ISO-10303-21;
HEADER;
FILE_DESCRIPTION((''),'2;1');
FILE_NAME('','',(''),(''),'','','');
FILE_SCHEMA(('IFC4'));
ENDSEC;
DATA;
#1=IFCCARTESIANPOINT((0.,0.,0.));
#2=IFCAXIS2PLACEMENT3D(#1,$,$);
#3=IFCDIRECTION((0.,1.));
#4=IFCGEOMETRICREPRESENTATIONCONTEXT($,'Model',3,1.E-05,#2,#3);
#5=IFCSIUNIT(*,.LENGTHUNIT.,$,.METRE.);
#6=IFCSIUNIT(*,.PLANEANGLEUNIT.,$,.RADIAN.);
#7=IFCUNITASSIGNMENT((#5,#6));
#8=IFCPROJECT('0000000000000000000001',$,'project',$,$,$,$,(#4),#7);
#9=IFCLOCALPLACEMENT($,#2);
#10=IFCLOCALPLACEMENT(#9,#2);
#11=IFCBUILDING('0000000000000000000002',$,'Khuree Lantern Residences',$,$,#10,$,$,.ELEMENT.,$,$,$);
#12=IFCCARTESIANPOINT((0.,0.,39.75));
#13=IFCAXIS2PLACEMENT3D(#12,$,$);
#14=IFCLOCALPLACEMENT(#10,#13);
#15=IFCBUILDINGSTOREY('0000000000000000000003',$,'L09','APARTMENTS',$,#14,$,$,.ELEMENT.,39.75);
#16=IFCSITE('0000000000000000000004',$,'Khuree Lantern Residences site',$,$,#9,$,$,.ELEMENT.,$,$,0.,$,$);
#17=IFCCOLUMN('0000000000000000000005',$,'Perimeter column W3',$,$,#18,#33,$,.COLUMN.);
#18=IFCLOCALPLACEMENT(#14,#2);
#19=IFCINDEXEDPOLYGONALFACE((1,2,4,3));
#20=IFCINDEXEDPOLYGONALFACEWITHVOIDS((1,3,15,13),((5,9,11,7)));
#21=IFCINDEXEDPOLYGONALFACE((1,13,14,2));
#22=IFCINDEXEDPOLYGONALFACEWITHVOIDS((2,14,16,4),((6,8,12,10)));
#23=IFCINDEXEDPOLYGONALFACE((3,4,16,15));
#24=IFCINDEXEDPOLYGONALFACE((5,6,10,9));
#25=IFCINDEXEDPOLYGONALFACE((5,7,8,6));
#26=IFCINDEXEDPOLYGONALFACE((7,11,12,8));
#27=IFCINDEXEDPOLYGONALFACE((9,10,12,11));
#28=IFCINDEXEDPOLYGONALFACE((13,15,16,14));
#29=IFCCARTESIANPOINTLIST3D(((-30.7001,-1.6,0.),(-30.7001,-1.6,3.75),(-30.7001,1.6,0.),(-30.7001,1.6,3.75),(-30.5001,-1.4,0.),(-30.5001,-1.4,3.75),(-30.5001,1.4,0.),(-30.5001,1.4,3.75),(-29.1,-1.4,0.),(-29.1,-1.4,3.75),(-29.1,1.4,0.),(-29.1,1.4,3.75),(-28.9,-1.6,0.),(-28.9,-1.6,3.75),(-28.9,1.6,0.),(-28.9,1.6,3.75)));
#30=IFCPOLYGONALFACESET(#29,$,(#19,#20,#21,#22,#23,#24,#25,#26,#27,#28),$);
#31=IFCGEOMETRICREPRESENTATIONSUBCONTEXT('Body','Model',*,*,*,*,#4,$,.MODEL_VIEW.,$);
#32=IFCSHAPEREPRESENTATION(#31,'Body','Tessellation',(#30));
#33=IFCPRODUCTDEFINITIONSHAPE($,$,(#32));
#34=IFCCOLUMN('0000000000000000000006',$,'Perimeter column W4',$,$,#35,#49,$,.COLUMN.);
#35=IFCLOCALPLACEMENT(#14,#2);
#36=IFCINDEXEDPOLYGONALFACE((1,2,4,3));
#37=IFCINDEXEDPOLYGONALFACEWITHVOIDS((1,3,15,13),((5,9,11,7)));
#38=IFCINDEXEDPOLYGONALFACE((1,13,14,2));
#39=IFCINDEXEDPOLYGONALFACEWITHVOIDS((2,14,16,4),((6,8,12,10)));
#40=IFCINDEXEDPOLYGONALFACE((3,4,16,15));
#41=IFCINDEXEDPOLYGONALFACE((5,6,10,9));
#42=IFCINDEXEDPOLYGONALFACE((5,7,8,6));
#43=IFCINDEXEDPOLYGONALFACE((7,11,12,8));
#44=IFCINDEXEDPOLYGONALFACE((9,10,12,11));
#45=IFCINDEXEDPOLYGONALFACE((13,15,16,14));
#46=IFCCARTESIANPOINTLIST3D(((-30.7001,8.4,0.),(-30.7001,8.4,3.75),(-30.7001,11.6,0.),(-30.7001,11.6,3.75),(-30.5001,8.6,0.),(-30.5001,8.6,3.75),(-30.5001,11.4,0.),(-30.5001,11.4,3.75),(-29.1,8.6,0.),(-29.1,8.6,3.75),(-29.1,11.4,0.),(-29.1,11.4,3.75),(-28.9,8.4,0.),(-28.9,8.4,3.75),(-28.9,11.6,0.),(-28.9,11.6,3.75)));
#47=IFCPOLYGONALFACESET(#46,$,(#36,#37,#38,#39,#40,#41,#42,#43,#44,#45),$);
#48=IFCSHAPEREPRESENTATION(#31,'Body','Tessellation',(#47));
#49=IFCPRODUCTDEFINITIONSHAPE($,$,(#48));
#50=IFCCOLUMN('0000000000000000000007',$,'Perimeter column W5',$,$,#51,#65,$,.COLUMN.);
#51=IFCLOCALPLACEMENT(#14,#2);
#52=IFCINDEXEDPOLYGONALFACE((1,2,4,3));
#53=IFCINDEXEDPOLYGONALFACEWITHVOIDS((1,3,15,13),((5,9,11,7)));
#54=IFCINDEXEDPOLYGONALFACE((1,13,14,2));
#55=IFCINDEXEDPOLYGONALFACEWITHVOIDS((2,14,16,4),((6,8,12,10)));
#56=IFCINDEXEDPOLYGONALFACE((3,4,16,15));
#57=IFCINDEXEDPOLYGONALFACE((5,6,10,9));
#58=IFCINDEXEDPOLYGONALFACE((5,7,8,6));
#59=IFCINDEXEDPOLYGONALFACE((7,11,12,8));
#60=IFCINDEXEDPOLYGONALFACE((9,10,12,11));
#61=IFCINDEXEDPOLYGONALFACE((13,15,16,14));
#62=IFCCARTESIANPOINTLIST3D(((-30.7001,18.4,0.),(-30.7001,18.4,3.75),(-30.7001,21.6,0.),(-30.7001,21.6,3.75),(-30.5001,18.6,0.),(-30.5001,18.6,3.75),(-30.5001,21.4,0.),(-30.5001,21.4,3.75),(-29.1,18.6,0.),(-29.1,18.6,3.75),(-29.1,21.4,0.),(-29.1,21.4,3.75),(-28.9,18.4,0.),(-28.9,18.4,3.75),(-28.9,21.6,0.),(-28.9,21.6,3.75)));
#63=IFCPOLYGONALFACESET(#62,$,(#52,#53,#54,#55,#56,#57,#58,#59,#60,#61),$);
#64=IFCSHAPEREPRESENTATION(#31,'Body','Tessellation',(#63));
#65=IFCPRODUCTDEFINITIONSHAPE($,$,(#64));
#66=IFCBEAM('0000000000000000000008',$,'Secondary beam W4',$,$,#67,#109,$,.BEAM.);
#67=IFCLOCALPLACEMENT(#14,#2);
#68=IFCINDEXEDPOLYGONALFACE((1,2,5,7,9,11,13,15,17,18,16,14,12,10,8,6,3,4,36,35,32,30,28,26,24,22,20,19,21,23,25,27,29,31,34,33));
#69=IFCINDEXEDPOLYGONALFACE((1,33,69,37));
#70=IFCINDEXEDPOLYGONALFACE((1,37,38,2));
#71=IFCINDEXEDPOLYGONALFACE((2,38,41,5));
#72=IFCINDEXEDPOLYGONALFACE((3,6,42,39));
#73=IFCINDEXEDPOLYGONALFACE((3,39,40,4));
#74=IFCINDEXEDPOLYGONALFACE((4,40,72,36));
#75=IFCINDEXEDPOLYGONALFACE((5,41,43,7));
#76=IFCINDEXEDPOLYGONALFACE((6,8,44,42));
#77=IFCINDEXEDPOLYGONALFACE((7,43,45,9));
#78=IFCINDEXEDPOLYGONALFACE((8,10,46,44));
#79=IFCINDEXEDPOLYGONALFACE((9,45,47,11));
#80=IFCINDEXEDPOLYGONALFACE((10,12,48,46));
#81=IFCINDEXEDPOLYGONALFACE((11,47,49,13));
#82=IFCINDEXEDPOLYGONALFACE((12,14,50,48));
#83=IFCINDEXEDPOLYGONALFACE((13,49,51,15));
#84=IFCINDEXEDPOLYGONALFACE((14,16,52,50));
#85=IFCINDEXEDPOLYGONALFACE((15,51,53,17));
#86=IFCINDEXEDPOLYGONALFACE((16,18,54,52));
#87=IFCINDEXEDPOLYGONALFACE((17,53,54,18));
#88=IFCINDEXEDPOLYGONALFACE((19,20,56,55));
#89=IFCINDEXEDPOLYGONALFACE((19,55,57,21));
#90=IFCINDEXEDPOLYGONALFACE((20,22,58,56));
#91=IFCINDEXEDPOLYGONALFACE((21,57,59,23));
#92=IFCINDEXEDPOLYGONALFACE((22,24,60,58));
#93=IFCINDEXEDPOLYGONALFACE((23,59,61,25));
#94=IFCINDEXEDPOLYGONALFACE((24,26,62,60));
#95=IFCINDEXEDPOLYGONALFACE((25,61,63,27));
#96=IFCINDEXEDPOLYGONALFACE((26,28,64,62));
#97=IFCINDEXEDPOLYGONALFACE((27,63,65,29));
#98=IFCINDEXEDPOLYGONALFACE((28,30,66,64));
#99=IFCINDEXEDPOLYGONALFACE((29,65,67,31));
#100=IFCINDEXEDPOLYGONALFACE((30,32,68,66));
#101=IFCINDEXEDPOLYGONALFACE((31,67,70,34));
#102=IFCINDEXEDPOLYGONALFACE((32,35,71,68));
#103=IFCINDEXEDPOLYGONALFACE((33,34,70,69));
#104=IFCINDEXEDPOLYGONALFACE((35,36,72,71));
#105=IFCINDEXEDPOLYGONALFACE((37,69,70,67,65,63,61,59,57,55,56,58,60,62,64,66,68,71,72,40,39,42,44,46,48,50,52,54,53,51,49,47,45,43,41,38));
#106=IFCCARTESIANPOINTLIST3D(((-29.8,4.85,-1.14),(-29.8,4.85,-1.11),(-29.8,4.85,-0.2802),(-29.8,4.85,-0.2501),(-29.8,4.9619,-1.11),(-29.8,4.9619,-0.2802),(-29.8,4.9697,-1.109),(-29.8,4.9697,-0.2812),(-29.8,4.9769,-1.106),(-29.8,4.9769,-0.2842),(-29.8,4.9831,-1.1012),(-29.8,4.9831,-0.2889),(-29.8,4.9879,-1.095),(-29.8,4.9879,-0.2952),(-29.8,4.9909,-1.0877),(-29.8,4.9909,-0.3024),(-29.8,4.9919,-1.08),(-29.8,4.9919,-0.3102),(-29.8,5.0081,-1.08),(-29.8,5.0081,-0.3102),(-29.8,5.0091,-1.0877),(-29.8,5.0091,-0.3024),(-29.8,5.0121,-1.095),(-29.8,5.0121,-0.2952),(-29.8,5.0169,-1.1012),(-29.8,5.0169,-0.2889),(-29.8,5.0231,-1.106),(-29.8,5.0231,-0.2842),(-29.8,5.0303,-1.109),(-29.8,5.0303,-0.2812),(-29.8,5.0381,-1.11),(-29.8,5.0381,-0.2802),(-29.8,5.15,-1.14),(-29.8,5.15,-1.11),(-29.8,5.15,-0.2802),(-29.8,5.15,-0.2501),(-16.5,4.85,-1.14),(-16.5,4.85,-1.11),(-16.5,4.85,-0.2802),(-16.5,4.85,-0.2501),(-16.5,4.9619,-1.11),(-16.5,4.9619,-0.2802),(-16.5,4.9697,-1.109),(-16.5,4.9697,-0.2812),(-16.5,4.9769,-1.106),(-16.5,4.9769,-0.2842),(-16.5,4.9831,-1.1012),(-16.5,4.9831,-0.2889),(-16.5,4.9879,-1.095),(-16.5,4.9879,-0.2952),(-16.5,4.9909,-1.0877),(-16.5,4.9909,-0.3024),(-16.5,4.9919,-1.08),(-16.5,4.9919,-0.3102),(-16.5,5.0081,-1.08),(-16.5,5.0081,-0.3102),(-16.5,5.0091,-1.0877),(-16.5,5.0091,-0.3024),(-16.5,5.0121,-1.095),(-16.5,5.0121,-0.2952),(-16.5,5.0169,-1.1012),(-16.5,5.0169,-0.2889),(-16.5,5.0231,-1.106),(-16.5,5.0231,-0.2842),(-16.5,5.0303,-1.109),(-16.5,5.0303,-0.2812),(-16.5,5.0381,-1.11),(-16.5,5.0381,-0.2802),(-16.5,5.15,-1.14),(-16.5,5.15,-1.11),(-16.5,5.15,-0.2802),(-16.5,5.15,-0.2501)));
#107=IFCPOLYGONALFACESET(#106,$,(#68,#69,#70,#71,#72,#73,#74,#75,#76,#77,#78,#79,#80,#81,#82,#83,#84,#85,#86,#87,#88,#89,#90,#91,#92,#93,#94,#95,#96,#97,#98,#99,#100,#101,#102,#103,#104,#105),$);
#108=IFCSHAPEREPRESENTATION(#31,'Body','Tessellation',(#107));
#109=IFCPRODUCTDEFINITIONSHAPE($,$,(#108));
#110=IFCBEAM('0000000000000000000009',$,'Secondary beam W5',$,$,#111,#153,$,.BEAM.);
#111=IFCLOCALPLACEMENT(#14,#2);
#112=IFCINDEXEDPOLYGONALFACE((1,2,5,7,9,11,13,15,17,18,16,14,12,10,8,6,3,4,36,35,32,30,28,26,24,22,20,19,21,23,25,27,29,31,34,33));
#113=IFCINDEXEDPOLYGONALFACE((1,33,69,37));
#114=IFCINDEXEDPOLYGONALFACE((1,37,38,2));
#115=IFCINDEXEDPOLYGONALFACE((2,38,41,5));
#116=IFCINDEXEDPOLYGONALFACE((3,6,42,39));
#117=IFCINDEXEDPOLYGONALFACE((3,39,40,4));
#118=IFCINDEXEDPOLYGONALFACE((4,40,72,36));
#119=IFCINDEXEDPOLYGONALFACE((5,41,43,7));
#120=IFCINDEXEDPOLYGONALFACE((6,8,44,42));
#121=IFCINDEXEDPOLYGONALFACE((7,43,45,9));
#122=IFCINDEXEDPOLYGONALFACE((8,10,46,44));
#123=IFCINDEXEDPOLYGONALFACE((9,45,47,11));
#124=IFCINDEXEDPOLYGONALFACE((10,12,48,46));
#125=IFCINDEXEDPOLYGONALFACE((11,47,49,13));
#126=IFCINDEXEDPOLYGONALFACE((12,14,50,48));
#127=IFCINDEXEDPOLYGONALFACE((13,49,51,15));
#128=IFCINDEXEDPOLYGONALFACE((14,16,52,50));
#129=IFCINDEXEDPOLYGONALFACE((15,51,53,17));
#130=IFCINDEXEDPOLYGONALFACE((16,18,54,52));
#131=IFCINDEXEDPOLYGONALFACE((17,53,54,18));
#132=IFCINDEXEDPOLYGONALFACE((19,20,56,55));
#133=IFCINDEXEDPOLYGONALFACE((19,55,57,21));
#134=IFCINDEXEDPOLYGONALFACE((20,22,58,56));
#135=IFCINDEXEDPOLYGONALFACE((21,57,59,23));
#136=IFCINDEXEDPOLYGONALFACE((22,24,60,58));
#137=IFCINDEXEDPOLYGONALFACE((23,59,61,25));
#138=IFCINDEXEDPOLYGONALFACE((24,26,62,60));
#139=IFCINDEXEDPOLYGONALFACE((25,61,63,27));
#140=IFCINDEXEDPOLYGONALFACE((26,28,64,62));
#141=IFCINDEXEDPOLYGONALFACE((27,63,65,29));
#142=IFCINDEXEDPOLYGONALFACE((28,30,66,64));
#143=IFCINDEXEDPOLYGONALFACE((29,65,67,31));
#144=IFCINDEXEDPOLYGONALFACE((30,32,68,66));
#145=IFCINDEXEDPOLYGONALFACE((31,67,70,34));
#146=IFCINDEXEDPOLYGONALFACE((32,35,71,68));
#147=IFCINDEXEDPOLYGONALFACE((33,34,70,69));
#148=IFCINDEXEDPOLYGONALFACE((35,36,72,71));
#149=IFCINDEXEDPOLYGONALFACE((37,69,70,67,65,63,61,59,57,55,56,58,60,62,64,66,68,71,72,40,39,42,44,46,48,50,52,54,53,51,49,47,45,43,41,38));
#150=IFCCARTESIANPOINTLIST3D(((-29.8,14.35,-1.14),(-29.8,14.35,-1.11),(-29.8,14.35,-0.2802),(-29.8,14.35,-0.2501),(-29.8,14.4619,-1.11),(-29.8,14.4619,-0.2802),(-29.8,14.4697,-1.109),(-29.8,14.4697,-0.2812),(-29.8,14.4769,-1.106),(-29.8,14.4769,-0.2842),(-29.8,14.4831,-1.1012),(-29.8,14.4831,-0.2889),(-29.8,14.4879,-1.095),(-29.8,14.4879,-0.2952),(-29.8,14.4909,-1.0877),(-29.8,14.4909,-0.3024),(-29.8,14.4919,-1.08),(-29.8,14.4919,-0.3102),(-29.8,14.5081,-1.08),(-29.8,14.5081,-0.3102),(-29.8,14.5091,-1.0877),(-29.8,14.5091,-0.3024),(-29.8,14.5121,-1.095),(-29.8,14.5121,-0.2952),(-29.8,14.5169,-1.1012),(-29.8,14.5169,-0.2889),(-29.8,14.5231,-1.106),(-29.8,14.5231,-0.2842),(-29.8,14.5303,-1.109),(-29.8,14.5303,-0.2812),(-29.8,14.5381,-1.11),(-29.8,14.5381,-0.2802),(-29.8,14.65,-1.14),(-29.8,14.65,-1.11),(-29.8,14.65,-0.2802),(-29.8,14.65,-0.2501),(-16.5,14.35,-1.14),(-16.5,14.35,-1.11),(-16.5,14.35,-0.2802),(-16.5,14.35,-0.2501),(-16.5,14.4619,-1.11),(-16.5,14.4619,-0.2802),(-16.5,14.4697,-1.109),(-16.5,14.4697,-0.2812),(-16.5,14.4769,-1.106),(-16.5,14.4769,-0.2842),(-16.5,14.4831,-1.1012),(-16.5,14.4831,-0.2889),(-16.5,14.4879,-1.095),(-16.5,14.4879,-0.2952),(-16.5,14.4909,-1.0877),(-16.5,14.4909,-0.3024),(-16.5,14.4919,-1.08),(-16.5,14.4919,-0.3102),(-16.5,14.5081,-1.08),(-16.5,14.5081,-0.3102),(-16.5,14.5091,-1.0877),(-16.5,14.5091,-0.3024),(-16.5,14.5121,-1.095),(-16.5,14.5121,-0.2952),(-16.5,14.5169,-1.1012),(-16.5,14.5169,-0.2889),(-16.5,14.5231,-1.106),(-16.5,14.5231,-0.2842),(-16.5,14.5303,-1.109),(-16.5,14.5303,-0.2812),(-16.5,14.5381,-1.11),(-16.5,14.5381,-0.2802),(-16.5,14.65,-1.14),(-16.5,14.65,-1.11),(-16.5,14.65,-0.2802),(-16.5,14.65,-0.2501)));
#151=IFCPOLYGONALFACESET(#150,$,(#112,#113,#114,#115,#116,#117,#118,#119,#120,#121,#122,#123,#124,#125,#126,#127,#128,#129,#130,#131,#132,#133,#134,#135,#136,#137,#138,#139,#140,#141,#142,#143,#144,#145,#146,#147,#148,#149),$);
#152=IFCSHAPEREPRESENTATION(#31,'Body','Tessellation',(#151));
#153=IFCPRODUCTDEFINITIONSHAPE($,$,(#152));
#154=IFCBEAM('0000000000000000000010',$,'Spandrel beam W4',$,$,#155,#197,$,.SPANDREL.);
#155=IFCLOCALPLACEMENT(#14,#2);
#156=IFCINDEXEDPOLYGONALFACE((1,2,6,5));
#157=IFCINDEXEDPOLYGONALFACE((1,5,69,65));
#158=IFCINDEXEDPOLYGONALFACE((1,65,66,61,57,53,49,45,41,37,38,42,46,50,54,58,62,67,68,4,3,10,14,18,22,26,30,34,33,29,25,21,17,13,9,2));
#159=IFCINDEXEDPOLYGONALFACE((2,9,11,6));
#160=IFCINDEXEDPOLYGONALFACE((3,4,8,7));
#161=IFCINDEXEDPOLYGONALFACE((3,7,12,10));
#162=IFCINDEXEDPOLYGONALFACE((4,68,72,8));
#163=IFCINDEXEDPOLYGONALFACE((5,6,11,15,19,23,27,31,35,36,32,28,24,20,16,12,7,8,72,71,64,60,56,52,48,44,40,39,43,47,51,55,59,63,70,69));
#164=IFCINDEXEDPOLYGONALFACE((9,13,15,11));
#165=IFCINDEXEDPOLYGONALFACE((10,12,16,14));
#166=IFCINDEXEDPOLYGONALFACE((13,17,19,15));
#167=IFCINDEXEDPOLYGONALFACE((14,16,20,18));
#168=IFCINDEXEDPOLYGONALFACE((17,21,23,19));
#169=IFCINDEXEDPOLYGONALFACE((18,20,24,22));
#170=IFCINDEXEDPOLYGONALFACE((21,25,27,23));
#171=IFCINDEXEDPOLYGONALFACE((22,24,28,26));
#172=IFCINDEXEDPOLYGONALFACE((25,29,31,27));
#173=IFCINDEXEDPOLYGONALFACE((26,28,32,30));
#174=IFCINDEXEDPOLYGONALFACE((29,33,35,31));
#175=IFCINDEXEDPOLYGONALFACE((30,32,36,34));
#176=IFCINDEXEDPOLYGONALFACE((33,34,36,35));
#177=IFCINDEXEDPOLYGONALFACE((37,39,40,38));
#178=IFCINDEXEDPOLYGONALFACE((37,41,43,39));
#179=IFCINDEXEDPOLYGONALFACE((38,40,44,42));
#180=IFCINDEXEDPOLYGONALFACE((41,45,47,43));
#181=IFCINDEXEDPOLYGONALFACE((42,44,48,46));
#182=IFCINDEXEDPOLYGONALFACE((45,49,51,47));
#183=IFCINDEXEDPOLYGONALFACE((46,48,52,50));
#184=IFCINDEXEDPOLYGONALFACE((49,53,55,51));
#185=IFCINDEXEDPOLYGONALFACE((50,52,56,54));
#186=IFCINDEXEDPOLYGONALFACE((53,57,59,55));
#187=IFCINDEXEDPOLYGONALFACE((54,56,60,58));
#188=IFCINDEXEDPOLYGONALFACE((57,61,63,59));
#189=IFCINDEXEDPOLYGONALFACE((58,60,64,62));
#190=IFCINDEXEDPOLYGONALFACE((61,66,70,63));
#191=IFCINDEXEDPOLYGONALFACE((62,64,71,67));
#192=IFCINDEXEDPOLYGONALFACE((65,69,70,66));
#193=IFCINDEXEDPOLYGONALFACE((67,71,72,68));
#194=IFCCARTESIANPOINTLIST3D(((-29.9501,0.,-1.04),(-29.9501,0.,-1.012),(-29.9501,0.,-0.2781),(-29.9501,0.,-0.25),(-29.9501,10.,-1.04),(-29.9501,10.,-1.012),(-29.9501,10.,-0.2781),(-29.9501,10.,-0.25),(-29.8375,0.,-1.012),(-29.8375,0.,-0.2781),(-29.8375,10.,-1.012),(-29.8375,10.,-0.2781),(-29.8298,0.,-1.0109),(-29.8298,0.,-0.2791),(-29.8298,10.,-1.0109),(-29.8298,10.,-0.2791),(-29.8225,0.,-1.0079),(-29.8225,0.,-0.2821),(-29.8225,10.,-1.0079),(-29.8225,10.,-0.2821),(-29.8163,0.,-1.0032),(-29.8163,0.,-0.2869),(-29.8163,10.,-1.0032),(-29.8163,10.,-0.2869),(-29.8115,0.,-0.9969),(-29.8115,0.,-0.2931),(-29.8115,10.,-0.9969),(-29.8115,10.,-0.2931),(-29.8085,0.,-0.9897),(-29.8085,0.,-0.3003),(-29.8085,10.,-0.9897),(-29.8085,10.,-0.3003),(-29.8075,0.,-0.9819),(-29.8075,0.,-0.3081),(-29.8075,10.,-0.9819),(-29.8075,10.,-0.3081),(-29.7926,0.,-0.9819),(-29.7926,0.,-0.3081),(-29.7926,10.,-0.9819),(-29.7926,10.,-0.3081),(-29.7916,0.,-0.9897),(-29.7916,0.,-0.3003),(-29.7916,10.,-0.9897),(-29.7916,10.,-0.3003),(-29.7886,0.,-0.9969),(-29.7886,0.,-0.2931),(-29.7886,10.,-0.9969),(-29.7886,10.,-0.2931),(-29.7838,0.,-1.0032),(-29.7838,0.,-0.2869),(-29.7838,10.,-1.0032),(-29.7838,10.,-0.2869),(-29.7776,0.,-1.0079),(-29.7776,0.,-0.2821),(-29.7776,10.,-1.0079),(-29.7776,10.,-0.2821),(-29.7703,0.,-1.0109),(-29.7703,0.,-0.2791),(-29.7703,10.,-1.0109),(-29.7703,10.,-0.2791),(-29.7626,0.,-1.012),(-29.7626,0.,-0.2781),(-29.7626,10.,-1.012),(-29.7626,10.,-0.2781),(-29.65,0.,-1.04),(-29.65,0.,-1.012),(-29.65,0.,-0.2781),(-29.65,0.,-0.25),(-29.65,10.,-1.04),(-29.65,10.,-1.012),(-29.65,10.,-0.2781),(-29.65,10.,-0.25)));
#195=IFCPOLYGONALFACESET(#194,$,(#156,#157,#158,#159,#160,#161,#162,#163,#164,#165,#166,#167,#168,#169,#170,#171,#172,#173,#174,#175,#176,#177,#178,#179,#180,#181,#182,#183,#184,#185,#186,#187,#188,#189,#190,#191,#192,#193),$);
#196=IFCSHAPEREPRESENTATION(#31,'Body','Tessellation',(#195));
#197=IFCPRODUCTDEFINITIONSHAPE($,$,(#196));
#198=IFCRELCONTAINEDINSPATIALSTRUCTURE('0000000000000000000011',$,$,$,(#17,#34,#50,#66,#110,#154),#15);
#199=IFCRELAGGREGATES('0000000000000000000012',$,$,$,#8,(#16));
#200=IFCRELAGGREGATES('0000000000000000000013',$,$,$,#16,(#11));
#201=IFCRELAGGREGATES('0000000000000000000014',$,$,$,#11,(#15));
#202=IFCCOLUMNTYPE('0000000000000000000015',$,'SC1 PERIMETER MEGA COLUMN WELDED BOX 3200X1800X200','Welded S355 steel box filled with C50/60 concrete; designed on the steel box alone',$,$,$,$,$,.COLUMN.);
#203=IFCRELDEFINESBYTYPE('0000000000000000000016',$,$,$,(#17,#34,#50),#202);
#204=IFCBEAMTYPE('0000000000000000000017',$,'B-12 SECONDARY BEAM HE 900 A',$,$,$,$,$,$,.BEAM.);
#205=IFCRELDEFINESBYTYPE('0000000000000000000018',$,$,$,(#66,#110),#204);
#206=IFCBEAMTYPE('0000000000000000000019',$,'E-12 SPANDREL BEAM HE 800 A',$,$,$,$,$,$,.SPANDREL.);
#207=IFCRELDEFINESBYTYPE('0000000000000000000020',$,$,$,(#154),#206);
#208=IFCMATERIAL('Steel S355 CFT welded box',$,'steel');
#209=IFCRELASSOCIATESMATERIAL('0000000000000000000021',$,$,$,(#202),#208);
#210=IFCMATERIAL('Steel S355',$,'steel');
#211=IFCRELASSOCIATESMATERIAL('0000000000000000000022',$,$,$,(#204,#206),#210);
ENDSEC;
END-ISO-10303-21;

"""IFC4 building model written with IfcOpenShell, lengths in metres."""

from ifc_helpers import new_model, si_unit, direction, frame, origin, origin_2d, place, context, subcontext, project, spatial, hollow_rectangle, i_section, extrude, material, material_profile, profile_set, type_object, element, save


model = new_model("IFC4")

# Units and contexts
model_context = context("Model", 3, precision=1e-05, world=origin(), true_north=direction((0.0, 1.0)))
body_context = subcontext(model_context, "Body", "Model", "MODEL_VIEW")
ifc_project = project(units=[si_unit("LENGTHUNIT", "METRE"), si_unit("PLANEANGLEUNIT", "RADIAN")], contexts=[model_context])

# Site, building, storey
site_placement = place(None, origin())
site = spatial("IfcSite", under=ifc_project, at=site_placement, Name="Khuree Lantern Residences site", CompositionType="ELEMENT", RefElevation=0.0)
building_placement = place(site_placement, origin())
building = spatial("IfcBuilding", under=site, at=building_placement, Name="Khuree Lantern Residences", CompositionType="ELEMENT")
storey_placement = place(building_placement, frame((0.0, 0.0, 39.75)))
storey = spatial("IfcBuildingStorey", under=building, at=storey_placement, Name="L09", Description="APARTMENTS", CompositionType="ELEMENT", Elevation=39.75)

# Columns
ifc_material_1 = material(Name="Steel S355 CFT welded box", Category="steel")
ifc_material_profile_1 = material_profile(ifc_material_1, hollow_rectangle(XDim=3.2, YDim=1.8, WallThickness=0.2, at=origin_2d()), Name="WELDED BOX 3200X1800X200")
ifc_profile_set_1 = profile_set([ifc_material_profile_1], Name="Steel S355 CFT welded box")
column_type = type_object("IfcColumnType", Name="SC1 PERIMETER MEGA COLUMN WELDED BOX 3200X1800X200", Description="Welded S355 steel box filled with C50/60 concrete; designed on the steel box alone", PredefinedType="COLUMN", material=ifc_profile_set_1)
for number, where, z_axis, x_axis, name in (
    (1, (-29.8, 0.0, 0.0), (0.0, 0.0, 1.0), (0.0, 1.0, 0.0), "Perimeter column W3"),
    (2, (-29.8, 10.0, 0.0), (0.0, 0.0, 1.0), (0.0, 1.0, 0.0), "Perimeter column W4"),
    (3, (-29.8, 20.0, 0.0), (0.0, 0.0, 1.0), (0.0, 1.0, 0.0), "Perimeter column W5"),
):
    element("IfcColumn", number, at=place(storey_placement, frame(where, z_axis=z_axis, x_axis=x_axis)), inside=storey, type_object=column_type, Name=name, PredefinedType="COLUMN", context=body_context, shape_type="SweptSolid", body=[
        extrude(hollow_rectangle(XDim=3.2, YDim=1.8, WallThickness=0.2, at=origin_2d()), origin(), (0.0, 0.0, 1.0), 3.75),
    ])

# Beams
ifc_material_2 = material(Name="Steel S355", Category="steel")
ifc_material_profile_2 = material_profile(ifc_material_2, i_section(OverallWidth=0.3, OverallDepth=0.8899, WebThickness=0.0161, FlangeThickness=0.03, FilletRadius=0.03, at=origin_2d()), Name="HE 900 A")
ifc_profile_set_2 = profile_set([ifc_material_profile_2], Name="Steel S355")
beam_type_1 = type_object("IfcBeamType", Name="B-12 SECONDARY BEAM HE 900 A", PredefinedType="BEAM", material=ifc_profile_set_2)
for number, where, z_axis, x_axis, name in (
    (4, (-29.8, 5.0, -0.6951), (1.0, 0.0, 0.0), (0.0, 1.0, 0.0), "Secondary beam W4"),
    (5, (-29.8, 14.5, -0.6951), (1.0, 0.0, 0.0), (0.0, 1.0, 0.0), "Secondary beam W5"),
):
    element("IfcBeam", number, at=place(storey_placement, frame(where, z_axis=z_axis, x_axis=x_axis)), inside=storey, type_object=beam_type_1, Name=name, PredefinedType="BEAM", context=body_context, shape_type="SweptSolid", body=[
        extrude(i_section(OverallWidth=0.3, OverallDepth=0.8899, WebThickness=0.0161, FlangeThickness=0.03, FilletRadius=0.03, at=origin_2d()), origin(), (0.0, 0.0, 1.0), 13.3),
    ])
ifc_material_profile_3 = material_profile(ifc_material_2, i_section(OverallWidth=0.3, OverallDepth=0.79, WebThickness=0.0149, FlangeThickness=0.0281, FilletRadius=0.03, at=origin_2d()), Name="HE 800 A")
ifc_profile_set_3 = profile_set([ifc_material_profile_3], Name="Steel S355")
beam_type_2 = type_object("IfcBeamType", Name="E-12 SPANDREL BEAM HE 800 A", PredefinedType="SPANDREL", material=ifc_profile_set_3)
for number, where, z_axis, x_axis, name in (
    (6, (-29.8, 0.0, -0.645), (0.0, 1.0, 0.0), (-1.0, 0.0, 0.0), "Spandrel beam W4"),
):
    element("IfcBeam", number, at=place(storey_placement, frame(where, z_axis=z_axis, x_axis=x_axis)), inside=storey, type_object=beam_type_2, Name=name, PredefinedType="SPANDREL", context=body_context, shape_type="SweptSolid", body=[
        extrude(i_section(OverallWidth=0.3, OverallDepth=0.79, WebThickness=0.0149, FlangeThickness=0.0281, FilletRadius=0.03, at=origin_2d()), origin(), (0.0, 0.0, 1.0), 10.0),
    ])

save(model, "model.ifc")
